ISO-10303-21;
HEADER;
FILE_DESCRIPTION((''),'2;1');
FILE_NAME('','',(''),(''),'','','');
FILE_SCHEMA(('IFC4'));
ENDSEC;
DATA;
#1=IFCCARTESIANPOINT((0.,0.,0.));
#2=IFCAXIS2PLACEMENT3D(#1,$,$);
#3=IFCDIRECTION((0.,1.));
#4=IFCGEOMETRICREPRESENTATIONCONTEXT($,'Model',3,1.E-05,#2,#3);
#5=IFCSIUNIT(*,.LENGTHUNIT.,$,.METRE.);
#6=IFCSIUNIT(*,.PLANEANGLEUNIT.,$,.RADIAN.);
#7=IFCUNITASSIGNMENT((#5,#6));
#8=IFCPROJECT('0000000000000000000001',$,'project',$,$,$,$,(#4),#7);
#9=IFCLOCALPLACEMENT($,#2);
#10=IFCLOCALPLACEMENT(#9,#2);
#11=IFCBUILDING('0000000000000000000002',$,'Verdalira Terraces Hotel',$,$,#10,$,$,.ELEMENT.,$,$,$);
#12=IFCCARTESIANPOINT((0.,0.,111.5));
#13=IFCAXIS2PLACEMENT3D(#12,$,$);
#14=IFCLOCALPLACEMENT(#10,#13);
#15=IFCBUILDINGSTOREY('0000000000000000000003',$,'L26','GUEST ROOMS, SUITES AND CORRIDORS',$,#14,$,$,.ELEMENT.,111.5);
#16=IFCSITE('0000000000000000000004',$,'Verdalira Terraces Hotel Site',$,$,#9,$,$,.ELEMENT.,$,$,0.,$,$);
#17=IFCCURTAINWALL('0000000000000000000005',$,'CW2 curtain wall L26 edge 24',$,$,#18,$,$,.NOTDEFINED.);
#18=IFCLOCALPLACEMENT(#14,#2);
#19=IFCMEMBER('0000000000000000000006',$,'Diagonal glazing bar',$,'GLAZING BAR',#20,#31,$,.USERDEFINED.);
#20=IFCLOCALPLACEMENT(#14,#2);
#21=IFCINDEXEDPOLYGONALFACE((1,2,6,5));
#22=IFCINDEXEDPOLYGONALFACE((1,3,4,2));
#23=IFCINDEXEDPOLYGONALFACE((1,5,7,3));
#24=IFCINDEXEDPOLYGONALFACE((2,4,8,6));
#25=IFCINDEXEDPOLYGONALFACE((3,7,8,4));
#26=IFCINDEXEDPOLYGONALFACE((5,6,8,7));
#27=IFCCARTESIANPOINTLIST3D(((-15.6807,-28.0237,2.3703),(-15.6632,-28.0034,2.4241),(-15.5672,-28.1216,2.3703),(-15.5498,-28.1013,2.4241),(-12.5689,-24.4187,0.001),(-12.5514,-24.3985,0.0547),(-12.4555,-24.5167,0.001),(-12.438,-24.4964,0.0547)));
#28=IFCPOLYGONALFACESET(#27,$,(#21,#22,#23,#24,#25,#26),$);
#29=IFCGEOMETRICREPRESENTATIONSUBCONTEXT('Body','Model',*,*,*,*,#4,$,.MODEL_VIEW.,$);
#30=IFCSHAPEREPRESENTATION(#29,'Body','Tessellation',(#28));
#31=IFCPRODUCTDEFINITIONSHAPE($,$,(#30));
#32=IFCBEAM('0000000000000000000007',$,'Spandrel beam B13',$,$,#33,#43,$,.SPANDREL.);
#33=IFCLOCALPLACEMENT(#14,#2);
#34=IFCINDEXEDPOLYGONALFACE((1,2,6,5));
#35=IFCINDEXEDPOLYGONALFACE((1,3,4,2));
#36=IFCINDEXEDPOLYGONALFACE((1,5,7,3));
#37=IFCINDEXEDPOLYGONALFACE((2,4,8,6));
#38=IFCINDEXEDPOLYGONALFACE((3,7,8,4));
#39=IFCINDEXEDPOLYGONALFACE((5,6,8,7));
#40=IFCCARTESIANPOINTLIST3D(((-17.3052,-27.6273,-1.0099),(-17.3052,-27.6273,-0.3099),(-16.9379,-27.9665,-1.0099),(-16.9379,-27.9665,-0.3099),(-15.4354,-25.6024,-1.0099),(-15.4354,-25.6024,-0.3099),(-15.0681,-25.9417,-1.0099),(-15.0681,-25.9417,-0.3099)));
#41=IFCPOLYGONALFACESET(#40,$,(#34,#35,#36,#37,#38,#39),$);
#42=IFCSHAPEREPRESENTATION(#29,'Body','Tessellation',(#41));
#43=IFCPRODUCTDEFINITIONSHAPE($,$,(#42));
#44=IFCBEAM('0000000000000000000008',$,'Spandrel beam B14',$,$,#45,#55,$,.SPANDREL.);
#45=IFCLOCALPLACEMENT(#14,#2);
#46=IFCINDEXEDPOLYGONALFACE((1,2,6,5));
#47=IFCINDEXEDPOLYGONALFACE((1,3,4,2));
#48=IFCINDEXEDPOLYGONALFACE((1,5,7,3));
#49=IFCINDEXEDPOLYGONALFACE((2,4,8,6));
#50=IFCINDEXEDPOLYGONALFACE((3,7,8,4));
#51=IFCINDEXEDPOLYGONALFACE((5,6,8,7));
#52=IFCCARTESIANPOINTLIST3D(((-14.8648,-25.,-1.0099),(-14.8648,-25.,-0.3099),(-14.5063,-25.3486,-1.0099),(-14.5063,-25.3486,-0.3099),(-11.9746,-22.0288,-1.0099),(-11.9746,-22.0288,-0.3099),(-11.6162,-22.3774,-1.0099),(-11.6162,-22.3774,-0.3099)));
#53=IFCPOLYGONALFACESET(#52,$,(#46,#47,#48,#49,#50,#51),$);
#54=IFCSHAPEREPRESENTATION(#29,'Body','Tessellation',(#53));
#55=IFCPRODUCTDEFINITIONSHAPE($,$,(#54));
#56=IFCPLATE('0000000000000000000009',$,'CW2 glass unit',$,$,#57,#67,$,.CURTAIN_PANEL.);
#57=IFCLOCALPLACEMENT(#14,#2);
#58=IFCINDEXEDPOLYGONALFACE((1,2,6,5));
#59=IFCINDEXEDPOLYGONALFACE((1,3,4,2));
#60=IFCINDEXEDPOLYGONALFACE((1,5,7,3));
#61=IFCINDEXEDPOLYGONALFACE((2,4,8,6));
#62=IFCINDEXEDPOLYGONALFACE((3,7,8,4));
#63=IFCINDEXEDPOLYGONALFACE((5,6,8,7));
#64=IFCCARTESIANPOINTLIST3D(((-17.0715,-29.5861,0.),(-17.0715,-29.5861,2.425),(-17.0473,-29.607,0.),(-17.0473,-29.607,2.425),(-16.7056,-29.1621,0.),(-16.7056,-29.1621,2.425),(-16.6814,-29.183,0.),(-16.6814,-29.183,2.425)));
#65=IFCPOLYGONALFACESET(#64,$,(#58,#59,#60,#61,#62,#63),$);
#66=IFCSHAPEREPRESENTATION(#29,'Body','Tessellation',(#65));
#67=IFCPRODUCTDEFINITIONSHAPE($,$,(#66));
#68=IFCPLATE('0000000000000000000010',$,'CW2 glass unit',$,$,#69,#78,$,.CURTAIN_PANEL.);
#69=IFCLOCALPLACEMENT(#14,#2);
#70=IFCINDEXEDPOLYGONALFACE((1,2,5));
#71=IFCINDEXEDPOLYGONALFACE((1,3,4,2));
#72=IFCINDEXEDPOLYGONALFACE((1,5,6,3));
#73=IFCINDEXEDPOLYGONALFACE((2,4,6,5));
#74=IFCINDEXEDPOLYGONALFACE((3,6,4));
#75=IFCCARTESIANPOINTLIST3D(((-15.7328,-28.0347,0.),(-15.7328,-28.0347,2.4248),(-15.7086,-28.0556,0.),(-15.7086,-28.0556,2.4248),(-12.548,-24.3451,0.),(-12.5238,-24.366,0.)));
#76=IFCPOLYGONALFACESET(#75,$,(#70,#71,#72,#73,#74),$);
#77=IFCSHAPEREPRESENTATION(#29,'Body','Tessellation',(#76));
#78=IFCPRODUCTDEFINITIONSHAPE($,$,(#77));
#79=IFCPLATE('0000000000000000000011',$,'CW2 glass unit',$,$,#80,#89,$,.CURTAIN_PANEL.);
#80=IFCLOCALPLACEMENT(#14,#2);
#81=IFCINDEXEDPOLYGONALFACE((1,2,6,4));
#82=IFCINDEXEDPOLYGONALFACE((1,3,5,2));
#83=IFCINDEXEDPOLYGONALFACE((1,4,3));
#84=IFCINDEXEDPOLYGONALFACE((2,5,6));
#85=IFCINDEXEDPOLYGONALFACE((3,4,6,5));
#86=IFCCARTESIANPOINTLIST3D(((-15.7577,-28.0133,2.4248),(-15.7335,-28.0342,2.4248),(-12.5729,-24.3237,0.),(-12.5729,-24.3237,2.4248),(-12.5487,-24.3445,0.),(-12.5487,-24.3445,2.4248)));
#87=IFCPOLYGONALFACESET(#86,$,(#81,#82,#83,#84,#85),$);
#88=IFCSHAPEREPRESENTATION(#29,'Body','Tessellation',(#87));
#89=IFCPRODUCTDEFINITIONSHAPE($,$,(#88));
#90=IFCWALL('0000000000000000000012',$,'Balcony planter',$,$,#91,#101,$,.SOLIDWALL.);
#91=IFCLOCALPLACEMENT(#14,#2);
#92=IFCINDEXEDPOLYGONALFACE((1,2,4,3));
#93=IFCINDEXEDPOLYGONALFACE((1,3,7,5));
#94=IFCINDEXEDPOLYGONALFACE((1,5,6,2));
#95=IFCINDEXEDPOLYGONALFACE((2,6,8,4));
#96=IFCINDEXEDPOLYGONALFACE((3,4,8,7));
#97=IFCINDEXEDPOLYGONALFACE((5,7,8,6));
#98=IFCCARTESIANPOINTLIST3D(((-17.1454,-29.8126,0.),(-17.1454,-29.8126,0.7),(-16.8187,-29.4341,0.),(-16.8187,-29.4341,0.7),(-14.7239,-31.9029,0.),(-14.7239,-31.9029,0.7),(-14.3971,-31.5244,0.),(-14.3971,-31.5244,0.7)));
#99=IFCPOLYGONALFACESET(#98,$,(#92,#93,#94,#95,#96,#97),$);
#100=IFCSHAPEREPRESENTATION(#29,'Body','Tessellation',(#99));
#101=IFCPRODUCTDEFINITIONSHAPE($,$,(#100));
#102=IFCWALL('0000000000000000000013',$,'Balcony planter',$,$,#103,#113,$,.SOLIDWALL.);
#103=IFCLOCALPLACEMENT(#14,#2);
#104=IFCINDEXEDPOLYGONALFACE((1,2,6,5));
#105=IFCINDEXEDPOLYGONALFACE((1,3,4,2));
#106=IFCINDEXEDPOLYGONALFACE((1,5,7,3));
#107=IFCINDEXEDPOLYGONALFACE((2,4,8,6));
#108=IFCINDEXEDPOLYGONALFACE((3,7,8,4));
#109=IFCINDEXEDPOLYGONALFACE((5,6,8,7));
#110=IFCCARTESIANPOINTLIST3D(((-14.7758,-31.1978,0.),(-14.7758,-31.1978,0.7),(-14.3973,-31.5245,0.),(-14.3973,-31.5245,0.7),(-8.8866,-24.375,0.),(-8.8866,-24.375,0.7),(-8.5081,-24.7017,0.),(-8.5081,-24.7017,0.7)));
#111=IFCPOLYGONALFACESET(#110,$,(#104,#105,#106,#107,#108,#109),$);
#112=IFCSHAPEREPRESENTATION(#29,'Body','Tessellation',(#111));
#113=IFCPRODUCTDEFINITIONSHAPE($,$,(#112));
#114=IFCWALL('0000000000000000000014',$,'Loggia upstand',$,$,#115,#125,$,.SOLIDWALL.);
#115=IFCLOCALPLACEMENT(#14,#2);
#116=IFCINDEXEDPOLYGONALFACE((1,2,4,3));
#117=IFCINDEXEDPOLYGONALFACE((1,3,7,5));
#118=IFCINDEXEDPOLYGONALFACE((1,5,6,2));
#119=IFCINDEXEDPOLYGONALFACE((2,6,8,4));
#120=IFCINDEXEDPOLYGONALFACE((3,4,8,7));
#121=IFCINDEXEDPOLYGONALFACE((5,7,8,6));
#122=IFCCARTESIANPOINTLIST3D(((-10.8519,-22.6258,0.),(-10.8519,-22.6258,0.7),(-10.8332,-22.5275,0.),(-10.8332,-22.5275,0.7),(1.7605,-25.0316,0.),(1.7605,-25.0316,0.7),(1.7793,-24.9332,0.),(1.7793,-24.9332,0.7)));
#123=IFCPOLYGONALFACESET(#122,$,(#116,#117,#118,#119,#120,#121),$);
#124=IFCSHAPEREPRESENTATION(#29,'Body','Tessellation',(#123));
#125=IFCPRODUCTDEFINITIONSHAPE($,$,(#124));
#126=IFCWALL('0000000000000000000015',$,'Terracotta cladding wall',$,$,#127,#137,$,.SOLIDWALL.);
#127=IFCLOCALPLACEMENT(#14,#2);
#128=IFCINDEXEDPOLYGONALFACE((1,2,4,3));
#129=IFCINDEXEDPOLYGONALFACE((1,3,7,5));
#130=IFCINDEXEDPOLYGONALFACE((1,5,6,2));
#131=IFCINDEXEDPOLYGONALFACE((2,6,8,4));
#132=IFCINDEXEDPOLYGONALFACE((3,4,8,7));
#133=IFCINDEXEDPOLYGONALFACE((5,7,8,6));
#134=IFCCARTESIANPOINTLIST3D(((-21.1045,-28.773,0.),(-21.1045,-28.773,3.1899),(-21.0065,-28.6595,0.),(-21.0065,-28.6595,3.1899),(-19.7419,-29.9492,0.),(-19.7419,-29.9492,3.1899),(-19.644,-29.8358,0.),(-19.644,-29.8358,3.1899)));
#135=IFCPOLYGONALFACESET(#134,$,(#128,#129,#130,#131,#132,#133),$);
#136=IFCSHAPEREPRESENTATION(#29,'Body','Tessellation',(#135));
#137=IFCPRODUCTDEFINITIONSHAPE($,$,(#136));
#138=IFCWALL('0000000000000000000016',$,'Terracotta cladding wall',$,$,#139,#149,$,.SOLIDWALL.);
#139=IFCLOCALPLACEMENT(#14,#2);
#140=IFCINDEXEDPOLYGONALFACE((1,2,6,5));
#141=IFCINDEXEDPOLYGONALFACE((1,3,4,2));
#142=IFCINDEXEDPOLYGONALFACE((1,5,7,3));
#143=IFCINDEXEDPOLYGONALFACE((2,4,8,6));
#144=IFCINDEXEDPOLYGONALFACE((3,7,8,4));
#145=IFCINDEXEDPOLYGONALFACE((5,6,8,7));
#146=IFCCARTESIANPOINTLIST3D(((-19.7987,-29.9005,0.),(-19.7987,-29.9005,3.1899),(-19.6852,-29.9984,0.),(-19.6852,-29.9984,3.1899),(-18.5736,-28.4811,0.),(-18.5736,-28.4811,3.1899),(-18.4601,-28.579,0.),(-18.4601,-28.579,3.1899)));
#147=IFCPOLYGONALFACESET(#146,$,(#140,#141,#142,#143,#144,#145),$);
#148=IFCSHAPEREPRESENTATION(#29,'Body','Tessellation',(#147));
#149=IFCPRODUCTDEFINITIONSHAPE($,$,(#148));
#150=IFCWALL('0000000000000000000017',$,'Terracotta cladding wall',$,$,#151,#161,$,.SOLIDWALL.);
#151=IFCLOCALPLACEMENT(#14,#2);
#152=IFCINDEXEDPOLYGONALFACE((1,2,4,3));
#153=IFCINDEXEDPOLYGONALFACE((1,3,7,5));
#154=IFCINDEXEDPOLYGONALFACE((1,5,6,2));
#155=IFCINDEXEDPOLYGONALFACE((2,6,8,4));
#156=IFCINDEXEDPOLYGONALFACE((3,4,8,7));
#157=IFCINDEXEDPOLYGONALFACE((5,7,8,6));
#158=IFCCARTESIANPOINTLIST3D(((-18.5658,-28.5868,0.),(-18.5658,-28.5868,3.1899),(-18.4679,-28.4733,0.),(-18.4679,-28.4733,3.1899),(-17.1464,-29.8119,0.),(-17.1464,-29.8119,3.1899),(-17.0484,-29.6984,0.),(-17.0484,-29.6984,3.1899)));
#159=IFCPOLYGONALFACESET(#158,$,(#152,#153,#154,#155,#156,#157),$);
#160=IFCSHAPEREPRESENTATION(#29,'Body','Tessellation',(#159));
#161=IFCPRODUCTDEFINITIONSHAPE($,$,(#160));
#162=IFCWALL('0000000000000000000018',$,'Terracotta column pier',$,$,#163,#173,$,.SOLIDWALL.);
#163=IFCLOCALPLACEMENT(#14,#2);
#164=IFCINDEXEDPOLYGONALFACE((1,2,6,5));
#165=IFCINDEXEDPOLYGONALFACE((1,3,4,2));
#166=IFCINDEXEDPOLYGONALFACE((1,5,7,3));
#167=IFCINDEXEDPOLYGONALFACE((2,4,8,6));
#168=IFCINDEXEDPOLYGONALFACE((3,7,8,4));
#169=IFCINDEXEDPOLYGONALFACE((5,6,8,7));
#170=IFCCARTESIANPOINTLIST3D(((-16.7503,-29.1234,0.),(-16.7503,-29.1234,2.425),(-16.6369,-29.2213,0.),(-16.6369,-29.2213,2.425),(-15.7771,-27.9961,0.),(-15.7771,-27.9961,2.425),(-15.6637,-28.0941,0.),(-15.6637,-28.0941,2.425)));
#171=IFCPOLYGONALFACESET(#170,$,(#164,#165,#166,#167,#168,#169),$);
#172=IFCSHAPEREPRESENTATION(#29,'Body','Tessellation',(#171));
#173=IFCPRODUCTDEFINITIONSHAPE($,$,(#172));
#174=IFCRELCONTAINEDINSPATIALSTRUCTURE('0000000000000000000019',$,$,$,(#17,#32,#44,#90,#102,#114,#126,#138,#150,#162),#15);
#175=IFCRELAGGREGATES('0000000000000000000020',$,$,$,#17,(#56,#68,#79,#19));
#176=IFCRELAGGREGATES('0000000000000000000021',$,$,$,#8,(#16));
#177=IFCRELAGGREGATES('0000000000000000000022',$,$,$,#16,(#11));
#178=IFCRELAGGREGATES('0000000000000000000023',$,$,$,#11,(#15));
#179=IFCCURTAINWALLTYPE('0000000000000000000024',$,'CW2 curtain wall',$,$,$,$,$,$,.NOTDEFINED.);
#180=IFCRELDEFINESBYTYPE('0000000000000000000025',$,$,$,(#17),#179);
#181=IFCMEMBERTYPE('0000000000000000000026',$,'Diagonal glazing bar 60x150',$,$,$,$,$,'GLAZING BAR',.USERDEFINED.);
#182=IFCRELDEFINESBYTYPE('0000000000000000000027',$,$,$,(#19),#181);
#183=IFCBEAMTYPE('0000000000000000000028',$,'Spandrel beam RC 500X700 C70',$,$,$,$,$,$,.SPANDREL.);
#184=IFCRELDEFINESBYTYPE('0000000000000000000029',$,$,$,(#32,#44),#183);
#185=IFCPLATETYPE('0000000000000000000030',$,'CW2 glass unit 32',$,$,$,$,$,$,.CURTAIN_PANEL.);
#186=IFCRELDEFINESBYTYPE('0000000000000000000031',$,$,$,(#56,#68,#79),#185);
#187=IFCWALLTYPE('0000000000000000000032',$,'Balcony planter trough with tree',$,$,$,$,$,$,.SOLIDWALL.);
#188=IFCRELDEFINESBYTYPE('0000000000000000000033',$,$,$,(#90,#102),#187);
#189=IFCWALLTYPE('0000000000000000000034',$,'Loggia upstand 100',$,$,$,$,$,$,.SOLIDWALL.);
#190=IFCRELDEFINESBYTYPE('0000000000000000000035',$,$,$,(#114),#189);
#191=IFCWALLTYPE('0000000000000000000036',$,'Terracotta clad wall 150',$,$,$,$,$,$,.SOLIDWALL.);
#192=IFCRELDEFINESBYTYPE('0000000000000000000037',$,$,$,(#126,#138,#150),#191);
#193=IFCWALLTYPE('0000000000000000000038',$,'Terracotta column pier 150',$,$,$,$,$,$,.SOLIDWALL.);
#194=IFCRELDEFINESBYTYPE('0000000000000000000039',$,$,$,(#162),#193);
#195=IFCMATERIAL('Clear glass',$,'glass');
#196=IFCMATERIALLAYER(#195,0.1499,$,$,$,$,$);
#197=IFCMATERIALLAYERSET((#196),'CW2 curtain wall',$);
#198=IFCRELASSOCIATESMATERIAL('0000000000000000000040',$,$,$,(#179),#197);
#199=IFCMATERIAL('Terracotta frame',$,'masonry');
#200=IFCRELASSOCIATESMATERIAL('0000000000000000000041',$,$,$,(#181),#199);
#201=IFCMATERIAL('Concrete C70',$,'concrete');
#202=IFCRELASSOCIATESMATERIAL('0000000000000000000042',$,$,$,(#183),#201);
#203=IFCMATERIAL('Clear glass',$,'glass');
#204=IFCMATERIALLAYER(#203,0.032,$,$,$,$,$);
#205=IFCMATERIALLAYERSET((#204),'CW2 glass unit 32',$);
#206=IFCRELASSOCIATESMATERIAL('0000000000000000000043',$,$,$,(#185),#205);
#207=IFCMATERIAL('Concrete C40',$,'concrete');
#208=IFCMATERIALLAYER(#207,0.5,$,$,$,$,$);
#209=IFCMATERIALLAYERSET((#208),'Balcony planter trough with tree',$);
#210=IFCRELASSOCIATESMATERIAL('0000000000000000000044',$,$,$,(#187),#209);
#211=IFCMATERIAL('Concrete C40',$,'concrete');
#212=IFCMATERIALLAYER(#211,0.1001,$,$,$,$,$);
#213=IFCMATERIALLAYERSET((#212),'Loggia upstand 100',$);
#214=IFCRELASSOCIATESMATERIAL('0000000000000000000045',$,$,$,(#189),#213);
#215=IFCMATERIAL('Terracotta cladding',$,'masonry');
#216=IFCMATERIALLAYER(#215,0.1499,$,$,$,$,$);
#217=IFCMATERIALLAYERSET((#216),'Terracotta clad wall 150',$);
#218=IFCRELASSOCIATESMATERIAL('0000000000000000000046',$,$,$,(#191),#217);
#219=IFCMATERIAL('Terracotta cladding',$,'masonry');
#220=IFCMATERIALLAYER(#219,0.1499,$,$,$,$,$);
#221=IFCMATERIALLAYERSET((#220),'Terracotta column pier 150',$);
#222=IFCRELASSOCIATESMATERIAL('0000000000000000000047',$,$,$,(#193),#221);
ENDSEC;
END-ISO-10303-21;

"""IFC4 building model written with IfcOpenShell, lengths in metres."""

from ifc_helpers import new_model, si_unit, direction, frame, frame_2d, origin, origin_2d, place, context, subcontext, project, spatial, polyline, rectangle, outline, extrude, material, layer, layer_set, material_profile, profile_set, type_object, element, aggregate, save


model = new_model("IFC4")

# Units and contexts
model_context = context("Model", 3, precision=1e-05, world=origin(), true_north=direction((0.0, 1.0)))
body_context = subcontext(model_context, "Body", "Model", "MODEL_VIEW")
ifc_project = project(units=[si_unit("LENGTHUNIT", "METRE"), si_unit("PLANEANGLEUNIT", "RADIAN")], contexts=[model_context])

# Site, building, storey
site_placement = place(None, origin())
site = spatial("IfcSite", under=ifc_project, at=site_placement, Name="Verdalira Terraces Hotel Site", CompositionType="ELEMENT", RefElevation=0.0)
building_placement = place(site_placement, origin())
building = spatial("IfcBuilding", under=site, at=building_placement, Name="Verdalira Terraces Hotel", CompositionType="ELEMENT")
storey_placement = place(building_placement, frame((0.0, 0.0, 111.5)))
storey = spatial("IfcBuildingStorey", under=building, at=storey_placement, Name="L26", Description="GUEST ROOMS, SUITES AND CORRIDORS", CompositionType="ELEMENT", Elevation=111.5)

# Curtain wall, member
ifc_material_1 = material(Name="Clear glass", Category="glass")
ifc_layer_1 = layer(ifc_material_1, 0.1499)
ifc_layer_set_1 = layer_set([ifc_layer_1], Name="CW2 curtain wall")
curtain_wall_type = type_object("IfcCurtainWallType", Name="CW2 curtain wall", PredefinedType="NOTDEFINED", material=ifc_layer_set_1)
curtain_wall_placement = place(storey_placement, origin())
curtain_wall = element("IfcCurtainWall", 1, at=curtain_wall_placement, inside=storey, type_object=curtain_wall_type, Name="CW2 curtain wall L26 edge 24", PredefinedType="NOTDEFINED")
ifc_material_2 = material(Name="Terracotta frame", Category="masonry")
ifc_material_profile_1 = material_profile(ifc_material_2, rectangle(XDim=0.1499, YDim=0.0601, at=origin_2d()), Name="GB 60x150")
ifc_profile_set_1 = profile_set([ifc_material_profile_1], Name="Terracotta frame")
member_type_1 = type_object("IfcMemberType", Name="Diagonal glazing bar 60x150", ElementType="GLAZING BAR", PredefinedType="USERDEFINED", material=ifc_profile_set_1)
member_1_placement = place(storey_placement, frame((-15.6152, -28.0625, 2.3972), z_axis=(0.585022, 0.677737, -0.445445), x_axis=(-0.756987, 0.65343, 0.0)))
member_1 = element("IfcMember", 2, at=member_1_placement, type_object=member_type_1, Name="Diagonal glazing bar", ObjectType="GLAZING BAR", PredefinedType="USERDEFINED", context=body_context, shape_type="SweptSolid", body=[
    extrude(rectangle(XDim=0.1499, YDim=0.0601, at=origin_2d()), origin(), (0.0, 0.0, 1.0), 5.3191),
])

# Beams
ifc_material_3 = material(Name="Concrete C70", Category="concrete")
ifc_material_profile_2 = material_profile(ifc_material_3, rectangle(XDim=0.5, YDim=0.7, at=origin_2d()), Name="RC 500X700")
ifc_profile_set_2 = profile_set([ifc_material_profile_2], Name="Concrete C70")
beam_type_1 = type_object("IfcBeamType", Name="Spandrel beam RC 500X700 C70", PredefinedType="SPANDREL", material=ifc_profile_set_2)
beam_1_placement = place(storey_placement, frame((-17.1216, -27.7969, -0.6599), z_axis=(0.678424, 0.734671, 0.0), x_axis=(-0.734671, 0.678424, 0.0)))
element("IfcBeam", 3, at=beam_1_placement, inside=storey, type_object=beam_type_1, Name="Spandrel beam B13", PredefinedType="SPANDREL", context=body_context, shape_type="SweptSolid", body=[
    extrude(rectangle(XDim=0.5, YDim=0.7, at=origin_2d()), origin(), (0.0, 0.0, 1.0), 2.7561),
])
beam_2_placement = place(storey_placement, frame((-14.6855, -25.1743, -0.6599), z_axis=(0.697262, 0.716817, 0.0), x_axis=(-0.716817, 0.697262, 0.0)))
element("IfcBeam", 4, at=beam_2_placement, inside=storey, type_object=beam_type_1, Name="Spandrel beam B14", PredefinedType="SPANDREL", context=body_context, shape_type="SweptSolid", body=[
    extrude(rectangle(XDim=0.5, YDim=0.7, at=origin_2d()), origin(), (0.0, 0.0, 1.0), 4.145),
])

# Plates
ifc_material_4 = material(Name="Clear glass", Category="glass")
ifc_layer_2 = layer(ifc_material_4, 0.032)
ifc_layer_set_2 = layer_set([ifc_layer_2], Name="CW2 glass unit 32")
plate_type = type_object("IfcPlateType", Name="CW2 glass unit 32", PredefinedType="CURTAIN_PANEL", material=ifc_layer_set_2)
plate_1_placement = place(storey_placement, frame((-16.8765, -29.3845, 0.0), z_axis=(0.0, 0.0, 1.0), x_axis=(0.653421, 0.756995, 0.0)))
plate_1 = element("IfcPlate", 5, at=plate_1_placement, type_object=plate_type, Name="CW2 glass unit", PredefinedType="CURTAIN_PANEL", context=body_context, shape_type="SweptSolid", body=[
    extrude(rectangle(XDim=0.5601, YDim=0.032, at=origin_2d()), origin(), (0.0, 0.0, 1.0), 2.425),
])
plate_2_placement = place(storey_placement, frame((-14.1404, -26.1899, 1.2124), z_axis=(0.756995, -0.653421, 0.0), x_axis=(0.653421, 0.756995, 0.0)))
plate_2 = element("IfcPlate", 6, at=plate_2_placement, type_object=plate_type, Name="CW2 glass unit", PredefinedType="CURTAIN_PANEL", context=body_context, shape_type="SweptSolid", body=[
    extrude(outline(polyline([(-2.437, -1.2124), (2.437, -1.2124), (-2.437, 1.2124), (-2.437, -1.2124)])), origin(), (0.0, 0.0, 1.0), 0.032),
])
plate_3_placement = place(storey_placement, frame((-14.1653, -26.1685, 1.2124), z_axis=(0.756995, -0.653421, 0.0), x_axis=(0.653421, 0.756995, 0.0)))
plate_3 = element("IfcPlate", 7, at=plate_3_placement, type_object=plate_type, Name="CW2 glass unit", PredefinedType="CURTAIN_PANEL", context=body_context, shape_type="SweptSolid", body=[
    extrude(outline(polyline([(2.437, -1.2124), (2.437, 1.2124), (-2.437, 1.2124), (2.437, -1.2124)])), origin(), (0.0, 0.0, 1.0), 0.032),
])
aggregate(curtain_wall, [plate_1, plate_2, plate_3, member_1])

# Walls
ifc_material_5 = material(Name="Concrete C40", Category="concrete")
ifc_layer_3 = layer(ifc_material_5, 0.5)
ifc_layer_set_3 = layer_set([ifc_layer_3], Name="Balcony planter trough with tree")
wall_type_1 = type_object("IfcWallType", Name="Balcony planter trough with tree", PredefinedType="SOLIDWALL", material=ifc_layer_set_3)
wall_1_placement = place(storey_placement, frame((-16.9822, -29.6233, 0.0), z_axis=(0.0, 0.0, 1.0), x_axis=(0.756989, -0.653427, 0.0)))
element("IfcWall", 8, at=wall_1_placement, inside=storey, type_object=wall_type_1, Name="Balcony planter", PredefinedType="SOLIDWALL", context=body_context, shape_type="SweptSolid", body=[
    extrude(rectangle(XDim=3.199, YDim=0.5, at=frame_2d((1.5996, 0.0))), origin(), (0.0, 0.0, 1.0), 0.7),
])
wall_2_placement = place(storey_placement, frame((-14.5864, -31.3611, 0.0), z_axis=(0.0, 0.0, 1.0), x_axis=(0.653415, 0.757, 0.0)))
element("IfcWall", 9, at=wall_2_placement, inside=storey, type_object=wall_type_1, Name="Balcony planter", PredefinedType="SOLIDWALL", context=body_context, shape_type="SweptSolid", body=[
    extrude(rectangle(XDim=9.0129, YDim=0.5, at=frame_2d((4.5063, 0.0))), origin(), (0.0, 0.0, 1.0), 0.7),
])
ifc_material_6 = material(Name="Concrete C40", Category="concrete")
ifc_layer_4 = layer(ifc_material_6, 0.1001)
ifc_layer_set_4 = layer_set([ifc_layer_4], Name="Loggia upstand 100")
wall_type_2 = type_object("IfcWallType", Name="Loggia upstand 100", PredefinedType="SOLIDWALL", material=ifc_layer_set_4)
wall_3_placement = place(storey_placement, frame((-10.8425, -22.5767, 0.0), z_axis=(0.0, 0.0, 1.0), x_axis=(0.98229, -0.187365, 0.0)))
element("IfcWall", 10, at=wall_3_placement, inside=storey, type_object=wall_type_2, Name="Loggia upstand", PredefinedType="SOLIDWALL", context=body_context, shape_type="SweptSolid", body=[
    extrude(rectangle(XDim=12.8398, YDim=0.1001, at=frame_2d((6.4199, 0.0))), origin(), (0.0, 0.0, 1.0), 0.7),
])
ifc_material_7 = material(Name="Terracotta cladding", Category="masonry")
ifc_layer_5 = layer(ifc_material_7, 0.1499)
ifc_layer_set_5 = layer_set([ifc_layer_5], Name="Terracotta clad wall 150")
wall_type_3 = type_object("IfcWallType", Name="Terracotta clad wall 150", PredefinedType="SOLIDWALL", material=ifc_layer_set_5)
wall_4_placement = place(storey_placement, frame((-21.0554, -28.7163, 0.0), z_axis=(0.0, 0.0, 1.0), x_axis=(0.756954, -0.653468, 0.0)))
element("IfcWall", 11, at=wall_4_placement, inside=storey, type_object=wall_type_3, Name="Terracotta cladding wall", PredefinedType="SOLIDWALL", context=body_context, shape_type="SweptSolid", body=[
    extrude(rectangle(XDim=1.8, YDim=0.1499, at=frame_2d((0.8999, 0.0))), origin(), (0.0, 0.0, 1.0), 3.1899),
])
for number, where, z_axis, x_axis, name in (
    (12, (-19.7419, -29.9495, 0.0), (0.0, 0.0, 1.0), (0.653383, 0.757028, 0.0), "Terracotta cladding wall"),
    (13, (-18.5168, -28.53, 0.0), (0.0, 0.0, 1.0), (0.757028, -0.653383, 0.0), "Terracotta cladding wall"),
):
    element("IfcWall", number, at=place(storey_placement, frame(where, z_axis=z_axis, x_axis=x_axis)), inside=storey, type_object=wall_type_3, Name=name, PredefinedType="SOLIDWALL", context=body_context, shape_type="SweptSolid", body=[
        extrude(rectangle(XDim=1.875, YDim=0.1499, at=frame_2d((0.9375, 0.0))), origin(), (0.0, 0.0, 1.0), 3.1899),
    ])
ifc_material_8 = material(Name="Terracotta cladding", Category="masonry")
ifc_layer_6 = layer(ifc_material_8, 0.1499)
ifc_layer_set_6 = layer_set([ifc_layer_6], Name="Terracotta column pier 150")
wall_type_4 = type_object("IfcWallType", Name="Terracotta column pier 150", PredefinedType="SOLIDWALL", material=ifc_layer_set_6)
wall_5_placement = place(storey_placement, frame((-16.6936, -29.1724, 0.0), z_axis=(0.0, 0.0, 1.0), x_axis=(0.653488, 0.756937, 0.0)))
element("IfcWall", 14, at=wall_5_placement, inside=storey, type_object=wall_type_4, Name="Terracotta column pier", PredefinedType="SOLIDWALL", context=body_context, shape_type="SweptSolid", body=[
    extrude(rectangle(XDim=1.4893, YDim=0.1499, at=frame_2d((0.7446, 0.0))), origin(), (0.0, 0.0, 1.0), 2.425),
])

save(model, "model.ifc")
